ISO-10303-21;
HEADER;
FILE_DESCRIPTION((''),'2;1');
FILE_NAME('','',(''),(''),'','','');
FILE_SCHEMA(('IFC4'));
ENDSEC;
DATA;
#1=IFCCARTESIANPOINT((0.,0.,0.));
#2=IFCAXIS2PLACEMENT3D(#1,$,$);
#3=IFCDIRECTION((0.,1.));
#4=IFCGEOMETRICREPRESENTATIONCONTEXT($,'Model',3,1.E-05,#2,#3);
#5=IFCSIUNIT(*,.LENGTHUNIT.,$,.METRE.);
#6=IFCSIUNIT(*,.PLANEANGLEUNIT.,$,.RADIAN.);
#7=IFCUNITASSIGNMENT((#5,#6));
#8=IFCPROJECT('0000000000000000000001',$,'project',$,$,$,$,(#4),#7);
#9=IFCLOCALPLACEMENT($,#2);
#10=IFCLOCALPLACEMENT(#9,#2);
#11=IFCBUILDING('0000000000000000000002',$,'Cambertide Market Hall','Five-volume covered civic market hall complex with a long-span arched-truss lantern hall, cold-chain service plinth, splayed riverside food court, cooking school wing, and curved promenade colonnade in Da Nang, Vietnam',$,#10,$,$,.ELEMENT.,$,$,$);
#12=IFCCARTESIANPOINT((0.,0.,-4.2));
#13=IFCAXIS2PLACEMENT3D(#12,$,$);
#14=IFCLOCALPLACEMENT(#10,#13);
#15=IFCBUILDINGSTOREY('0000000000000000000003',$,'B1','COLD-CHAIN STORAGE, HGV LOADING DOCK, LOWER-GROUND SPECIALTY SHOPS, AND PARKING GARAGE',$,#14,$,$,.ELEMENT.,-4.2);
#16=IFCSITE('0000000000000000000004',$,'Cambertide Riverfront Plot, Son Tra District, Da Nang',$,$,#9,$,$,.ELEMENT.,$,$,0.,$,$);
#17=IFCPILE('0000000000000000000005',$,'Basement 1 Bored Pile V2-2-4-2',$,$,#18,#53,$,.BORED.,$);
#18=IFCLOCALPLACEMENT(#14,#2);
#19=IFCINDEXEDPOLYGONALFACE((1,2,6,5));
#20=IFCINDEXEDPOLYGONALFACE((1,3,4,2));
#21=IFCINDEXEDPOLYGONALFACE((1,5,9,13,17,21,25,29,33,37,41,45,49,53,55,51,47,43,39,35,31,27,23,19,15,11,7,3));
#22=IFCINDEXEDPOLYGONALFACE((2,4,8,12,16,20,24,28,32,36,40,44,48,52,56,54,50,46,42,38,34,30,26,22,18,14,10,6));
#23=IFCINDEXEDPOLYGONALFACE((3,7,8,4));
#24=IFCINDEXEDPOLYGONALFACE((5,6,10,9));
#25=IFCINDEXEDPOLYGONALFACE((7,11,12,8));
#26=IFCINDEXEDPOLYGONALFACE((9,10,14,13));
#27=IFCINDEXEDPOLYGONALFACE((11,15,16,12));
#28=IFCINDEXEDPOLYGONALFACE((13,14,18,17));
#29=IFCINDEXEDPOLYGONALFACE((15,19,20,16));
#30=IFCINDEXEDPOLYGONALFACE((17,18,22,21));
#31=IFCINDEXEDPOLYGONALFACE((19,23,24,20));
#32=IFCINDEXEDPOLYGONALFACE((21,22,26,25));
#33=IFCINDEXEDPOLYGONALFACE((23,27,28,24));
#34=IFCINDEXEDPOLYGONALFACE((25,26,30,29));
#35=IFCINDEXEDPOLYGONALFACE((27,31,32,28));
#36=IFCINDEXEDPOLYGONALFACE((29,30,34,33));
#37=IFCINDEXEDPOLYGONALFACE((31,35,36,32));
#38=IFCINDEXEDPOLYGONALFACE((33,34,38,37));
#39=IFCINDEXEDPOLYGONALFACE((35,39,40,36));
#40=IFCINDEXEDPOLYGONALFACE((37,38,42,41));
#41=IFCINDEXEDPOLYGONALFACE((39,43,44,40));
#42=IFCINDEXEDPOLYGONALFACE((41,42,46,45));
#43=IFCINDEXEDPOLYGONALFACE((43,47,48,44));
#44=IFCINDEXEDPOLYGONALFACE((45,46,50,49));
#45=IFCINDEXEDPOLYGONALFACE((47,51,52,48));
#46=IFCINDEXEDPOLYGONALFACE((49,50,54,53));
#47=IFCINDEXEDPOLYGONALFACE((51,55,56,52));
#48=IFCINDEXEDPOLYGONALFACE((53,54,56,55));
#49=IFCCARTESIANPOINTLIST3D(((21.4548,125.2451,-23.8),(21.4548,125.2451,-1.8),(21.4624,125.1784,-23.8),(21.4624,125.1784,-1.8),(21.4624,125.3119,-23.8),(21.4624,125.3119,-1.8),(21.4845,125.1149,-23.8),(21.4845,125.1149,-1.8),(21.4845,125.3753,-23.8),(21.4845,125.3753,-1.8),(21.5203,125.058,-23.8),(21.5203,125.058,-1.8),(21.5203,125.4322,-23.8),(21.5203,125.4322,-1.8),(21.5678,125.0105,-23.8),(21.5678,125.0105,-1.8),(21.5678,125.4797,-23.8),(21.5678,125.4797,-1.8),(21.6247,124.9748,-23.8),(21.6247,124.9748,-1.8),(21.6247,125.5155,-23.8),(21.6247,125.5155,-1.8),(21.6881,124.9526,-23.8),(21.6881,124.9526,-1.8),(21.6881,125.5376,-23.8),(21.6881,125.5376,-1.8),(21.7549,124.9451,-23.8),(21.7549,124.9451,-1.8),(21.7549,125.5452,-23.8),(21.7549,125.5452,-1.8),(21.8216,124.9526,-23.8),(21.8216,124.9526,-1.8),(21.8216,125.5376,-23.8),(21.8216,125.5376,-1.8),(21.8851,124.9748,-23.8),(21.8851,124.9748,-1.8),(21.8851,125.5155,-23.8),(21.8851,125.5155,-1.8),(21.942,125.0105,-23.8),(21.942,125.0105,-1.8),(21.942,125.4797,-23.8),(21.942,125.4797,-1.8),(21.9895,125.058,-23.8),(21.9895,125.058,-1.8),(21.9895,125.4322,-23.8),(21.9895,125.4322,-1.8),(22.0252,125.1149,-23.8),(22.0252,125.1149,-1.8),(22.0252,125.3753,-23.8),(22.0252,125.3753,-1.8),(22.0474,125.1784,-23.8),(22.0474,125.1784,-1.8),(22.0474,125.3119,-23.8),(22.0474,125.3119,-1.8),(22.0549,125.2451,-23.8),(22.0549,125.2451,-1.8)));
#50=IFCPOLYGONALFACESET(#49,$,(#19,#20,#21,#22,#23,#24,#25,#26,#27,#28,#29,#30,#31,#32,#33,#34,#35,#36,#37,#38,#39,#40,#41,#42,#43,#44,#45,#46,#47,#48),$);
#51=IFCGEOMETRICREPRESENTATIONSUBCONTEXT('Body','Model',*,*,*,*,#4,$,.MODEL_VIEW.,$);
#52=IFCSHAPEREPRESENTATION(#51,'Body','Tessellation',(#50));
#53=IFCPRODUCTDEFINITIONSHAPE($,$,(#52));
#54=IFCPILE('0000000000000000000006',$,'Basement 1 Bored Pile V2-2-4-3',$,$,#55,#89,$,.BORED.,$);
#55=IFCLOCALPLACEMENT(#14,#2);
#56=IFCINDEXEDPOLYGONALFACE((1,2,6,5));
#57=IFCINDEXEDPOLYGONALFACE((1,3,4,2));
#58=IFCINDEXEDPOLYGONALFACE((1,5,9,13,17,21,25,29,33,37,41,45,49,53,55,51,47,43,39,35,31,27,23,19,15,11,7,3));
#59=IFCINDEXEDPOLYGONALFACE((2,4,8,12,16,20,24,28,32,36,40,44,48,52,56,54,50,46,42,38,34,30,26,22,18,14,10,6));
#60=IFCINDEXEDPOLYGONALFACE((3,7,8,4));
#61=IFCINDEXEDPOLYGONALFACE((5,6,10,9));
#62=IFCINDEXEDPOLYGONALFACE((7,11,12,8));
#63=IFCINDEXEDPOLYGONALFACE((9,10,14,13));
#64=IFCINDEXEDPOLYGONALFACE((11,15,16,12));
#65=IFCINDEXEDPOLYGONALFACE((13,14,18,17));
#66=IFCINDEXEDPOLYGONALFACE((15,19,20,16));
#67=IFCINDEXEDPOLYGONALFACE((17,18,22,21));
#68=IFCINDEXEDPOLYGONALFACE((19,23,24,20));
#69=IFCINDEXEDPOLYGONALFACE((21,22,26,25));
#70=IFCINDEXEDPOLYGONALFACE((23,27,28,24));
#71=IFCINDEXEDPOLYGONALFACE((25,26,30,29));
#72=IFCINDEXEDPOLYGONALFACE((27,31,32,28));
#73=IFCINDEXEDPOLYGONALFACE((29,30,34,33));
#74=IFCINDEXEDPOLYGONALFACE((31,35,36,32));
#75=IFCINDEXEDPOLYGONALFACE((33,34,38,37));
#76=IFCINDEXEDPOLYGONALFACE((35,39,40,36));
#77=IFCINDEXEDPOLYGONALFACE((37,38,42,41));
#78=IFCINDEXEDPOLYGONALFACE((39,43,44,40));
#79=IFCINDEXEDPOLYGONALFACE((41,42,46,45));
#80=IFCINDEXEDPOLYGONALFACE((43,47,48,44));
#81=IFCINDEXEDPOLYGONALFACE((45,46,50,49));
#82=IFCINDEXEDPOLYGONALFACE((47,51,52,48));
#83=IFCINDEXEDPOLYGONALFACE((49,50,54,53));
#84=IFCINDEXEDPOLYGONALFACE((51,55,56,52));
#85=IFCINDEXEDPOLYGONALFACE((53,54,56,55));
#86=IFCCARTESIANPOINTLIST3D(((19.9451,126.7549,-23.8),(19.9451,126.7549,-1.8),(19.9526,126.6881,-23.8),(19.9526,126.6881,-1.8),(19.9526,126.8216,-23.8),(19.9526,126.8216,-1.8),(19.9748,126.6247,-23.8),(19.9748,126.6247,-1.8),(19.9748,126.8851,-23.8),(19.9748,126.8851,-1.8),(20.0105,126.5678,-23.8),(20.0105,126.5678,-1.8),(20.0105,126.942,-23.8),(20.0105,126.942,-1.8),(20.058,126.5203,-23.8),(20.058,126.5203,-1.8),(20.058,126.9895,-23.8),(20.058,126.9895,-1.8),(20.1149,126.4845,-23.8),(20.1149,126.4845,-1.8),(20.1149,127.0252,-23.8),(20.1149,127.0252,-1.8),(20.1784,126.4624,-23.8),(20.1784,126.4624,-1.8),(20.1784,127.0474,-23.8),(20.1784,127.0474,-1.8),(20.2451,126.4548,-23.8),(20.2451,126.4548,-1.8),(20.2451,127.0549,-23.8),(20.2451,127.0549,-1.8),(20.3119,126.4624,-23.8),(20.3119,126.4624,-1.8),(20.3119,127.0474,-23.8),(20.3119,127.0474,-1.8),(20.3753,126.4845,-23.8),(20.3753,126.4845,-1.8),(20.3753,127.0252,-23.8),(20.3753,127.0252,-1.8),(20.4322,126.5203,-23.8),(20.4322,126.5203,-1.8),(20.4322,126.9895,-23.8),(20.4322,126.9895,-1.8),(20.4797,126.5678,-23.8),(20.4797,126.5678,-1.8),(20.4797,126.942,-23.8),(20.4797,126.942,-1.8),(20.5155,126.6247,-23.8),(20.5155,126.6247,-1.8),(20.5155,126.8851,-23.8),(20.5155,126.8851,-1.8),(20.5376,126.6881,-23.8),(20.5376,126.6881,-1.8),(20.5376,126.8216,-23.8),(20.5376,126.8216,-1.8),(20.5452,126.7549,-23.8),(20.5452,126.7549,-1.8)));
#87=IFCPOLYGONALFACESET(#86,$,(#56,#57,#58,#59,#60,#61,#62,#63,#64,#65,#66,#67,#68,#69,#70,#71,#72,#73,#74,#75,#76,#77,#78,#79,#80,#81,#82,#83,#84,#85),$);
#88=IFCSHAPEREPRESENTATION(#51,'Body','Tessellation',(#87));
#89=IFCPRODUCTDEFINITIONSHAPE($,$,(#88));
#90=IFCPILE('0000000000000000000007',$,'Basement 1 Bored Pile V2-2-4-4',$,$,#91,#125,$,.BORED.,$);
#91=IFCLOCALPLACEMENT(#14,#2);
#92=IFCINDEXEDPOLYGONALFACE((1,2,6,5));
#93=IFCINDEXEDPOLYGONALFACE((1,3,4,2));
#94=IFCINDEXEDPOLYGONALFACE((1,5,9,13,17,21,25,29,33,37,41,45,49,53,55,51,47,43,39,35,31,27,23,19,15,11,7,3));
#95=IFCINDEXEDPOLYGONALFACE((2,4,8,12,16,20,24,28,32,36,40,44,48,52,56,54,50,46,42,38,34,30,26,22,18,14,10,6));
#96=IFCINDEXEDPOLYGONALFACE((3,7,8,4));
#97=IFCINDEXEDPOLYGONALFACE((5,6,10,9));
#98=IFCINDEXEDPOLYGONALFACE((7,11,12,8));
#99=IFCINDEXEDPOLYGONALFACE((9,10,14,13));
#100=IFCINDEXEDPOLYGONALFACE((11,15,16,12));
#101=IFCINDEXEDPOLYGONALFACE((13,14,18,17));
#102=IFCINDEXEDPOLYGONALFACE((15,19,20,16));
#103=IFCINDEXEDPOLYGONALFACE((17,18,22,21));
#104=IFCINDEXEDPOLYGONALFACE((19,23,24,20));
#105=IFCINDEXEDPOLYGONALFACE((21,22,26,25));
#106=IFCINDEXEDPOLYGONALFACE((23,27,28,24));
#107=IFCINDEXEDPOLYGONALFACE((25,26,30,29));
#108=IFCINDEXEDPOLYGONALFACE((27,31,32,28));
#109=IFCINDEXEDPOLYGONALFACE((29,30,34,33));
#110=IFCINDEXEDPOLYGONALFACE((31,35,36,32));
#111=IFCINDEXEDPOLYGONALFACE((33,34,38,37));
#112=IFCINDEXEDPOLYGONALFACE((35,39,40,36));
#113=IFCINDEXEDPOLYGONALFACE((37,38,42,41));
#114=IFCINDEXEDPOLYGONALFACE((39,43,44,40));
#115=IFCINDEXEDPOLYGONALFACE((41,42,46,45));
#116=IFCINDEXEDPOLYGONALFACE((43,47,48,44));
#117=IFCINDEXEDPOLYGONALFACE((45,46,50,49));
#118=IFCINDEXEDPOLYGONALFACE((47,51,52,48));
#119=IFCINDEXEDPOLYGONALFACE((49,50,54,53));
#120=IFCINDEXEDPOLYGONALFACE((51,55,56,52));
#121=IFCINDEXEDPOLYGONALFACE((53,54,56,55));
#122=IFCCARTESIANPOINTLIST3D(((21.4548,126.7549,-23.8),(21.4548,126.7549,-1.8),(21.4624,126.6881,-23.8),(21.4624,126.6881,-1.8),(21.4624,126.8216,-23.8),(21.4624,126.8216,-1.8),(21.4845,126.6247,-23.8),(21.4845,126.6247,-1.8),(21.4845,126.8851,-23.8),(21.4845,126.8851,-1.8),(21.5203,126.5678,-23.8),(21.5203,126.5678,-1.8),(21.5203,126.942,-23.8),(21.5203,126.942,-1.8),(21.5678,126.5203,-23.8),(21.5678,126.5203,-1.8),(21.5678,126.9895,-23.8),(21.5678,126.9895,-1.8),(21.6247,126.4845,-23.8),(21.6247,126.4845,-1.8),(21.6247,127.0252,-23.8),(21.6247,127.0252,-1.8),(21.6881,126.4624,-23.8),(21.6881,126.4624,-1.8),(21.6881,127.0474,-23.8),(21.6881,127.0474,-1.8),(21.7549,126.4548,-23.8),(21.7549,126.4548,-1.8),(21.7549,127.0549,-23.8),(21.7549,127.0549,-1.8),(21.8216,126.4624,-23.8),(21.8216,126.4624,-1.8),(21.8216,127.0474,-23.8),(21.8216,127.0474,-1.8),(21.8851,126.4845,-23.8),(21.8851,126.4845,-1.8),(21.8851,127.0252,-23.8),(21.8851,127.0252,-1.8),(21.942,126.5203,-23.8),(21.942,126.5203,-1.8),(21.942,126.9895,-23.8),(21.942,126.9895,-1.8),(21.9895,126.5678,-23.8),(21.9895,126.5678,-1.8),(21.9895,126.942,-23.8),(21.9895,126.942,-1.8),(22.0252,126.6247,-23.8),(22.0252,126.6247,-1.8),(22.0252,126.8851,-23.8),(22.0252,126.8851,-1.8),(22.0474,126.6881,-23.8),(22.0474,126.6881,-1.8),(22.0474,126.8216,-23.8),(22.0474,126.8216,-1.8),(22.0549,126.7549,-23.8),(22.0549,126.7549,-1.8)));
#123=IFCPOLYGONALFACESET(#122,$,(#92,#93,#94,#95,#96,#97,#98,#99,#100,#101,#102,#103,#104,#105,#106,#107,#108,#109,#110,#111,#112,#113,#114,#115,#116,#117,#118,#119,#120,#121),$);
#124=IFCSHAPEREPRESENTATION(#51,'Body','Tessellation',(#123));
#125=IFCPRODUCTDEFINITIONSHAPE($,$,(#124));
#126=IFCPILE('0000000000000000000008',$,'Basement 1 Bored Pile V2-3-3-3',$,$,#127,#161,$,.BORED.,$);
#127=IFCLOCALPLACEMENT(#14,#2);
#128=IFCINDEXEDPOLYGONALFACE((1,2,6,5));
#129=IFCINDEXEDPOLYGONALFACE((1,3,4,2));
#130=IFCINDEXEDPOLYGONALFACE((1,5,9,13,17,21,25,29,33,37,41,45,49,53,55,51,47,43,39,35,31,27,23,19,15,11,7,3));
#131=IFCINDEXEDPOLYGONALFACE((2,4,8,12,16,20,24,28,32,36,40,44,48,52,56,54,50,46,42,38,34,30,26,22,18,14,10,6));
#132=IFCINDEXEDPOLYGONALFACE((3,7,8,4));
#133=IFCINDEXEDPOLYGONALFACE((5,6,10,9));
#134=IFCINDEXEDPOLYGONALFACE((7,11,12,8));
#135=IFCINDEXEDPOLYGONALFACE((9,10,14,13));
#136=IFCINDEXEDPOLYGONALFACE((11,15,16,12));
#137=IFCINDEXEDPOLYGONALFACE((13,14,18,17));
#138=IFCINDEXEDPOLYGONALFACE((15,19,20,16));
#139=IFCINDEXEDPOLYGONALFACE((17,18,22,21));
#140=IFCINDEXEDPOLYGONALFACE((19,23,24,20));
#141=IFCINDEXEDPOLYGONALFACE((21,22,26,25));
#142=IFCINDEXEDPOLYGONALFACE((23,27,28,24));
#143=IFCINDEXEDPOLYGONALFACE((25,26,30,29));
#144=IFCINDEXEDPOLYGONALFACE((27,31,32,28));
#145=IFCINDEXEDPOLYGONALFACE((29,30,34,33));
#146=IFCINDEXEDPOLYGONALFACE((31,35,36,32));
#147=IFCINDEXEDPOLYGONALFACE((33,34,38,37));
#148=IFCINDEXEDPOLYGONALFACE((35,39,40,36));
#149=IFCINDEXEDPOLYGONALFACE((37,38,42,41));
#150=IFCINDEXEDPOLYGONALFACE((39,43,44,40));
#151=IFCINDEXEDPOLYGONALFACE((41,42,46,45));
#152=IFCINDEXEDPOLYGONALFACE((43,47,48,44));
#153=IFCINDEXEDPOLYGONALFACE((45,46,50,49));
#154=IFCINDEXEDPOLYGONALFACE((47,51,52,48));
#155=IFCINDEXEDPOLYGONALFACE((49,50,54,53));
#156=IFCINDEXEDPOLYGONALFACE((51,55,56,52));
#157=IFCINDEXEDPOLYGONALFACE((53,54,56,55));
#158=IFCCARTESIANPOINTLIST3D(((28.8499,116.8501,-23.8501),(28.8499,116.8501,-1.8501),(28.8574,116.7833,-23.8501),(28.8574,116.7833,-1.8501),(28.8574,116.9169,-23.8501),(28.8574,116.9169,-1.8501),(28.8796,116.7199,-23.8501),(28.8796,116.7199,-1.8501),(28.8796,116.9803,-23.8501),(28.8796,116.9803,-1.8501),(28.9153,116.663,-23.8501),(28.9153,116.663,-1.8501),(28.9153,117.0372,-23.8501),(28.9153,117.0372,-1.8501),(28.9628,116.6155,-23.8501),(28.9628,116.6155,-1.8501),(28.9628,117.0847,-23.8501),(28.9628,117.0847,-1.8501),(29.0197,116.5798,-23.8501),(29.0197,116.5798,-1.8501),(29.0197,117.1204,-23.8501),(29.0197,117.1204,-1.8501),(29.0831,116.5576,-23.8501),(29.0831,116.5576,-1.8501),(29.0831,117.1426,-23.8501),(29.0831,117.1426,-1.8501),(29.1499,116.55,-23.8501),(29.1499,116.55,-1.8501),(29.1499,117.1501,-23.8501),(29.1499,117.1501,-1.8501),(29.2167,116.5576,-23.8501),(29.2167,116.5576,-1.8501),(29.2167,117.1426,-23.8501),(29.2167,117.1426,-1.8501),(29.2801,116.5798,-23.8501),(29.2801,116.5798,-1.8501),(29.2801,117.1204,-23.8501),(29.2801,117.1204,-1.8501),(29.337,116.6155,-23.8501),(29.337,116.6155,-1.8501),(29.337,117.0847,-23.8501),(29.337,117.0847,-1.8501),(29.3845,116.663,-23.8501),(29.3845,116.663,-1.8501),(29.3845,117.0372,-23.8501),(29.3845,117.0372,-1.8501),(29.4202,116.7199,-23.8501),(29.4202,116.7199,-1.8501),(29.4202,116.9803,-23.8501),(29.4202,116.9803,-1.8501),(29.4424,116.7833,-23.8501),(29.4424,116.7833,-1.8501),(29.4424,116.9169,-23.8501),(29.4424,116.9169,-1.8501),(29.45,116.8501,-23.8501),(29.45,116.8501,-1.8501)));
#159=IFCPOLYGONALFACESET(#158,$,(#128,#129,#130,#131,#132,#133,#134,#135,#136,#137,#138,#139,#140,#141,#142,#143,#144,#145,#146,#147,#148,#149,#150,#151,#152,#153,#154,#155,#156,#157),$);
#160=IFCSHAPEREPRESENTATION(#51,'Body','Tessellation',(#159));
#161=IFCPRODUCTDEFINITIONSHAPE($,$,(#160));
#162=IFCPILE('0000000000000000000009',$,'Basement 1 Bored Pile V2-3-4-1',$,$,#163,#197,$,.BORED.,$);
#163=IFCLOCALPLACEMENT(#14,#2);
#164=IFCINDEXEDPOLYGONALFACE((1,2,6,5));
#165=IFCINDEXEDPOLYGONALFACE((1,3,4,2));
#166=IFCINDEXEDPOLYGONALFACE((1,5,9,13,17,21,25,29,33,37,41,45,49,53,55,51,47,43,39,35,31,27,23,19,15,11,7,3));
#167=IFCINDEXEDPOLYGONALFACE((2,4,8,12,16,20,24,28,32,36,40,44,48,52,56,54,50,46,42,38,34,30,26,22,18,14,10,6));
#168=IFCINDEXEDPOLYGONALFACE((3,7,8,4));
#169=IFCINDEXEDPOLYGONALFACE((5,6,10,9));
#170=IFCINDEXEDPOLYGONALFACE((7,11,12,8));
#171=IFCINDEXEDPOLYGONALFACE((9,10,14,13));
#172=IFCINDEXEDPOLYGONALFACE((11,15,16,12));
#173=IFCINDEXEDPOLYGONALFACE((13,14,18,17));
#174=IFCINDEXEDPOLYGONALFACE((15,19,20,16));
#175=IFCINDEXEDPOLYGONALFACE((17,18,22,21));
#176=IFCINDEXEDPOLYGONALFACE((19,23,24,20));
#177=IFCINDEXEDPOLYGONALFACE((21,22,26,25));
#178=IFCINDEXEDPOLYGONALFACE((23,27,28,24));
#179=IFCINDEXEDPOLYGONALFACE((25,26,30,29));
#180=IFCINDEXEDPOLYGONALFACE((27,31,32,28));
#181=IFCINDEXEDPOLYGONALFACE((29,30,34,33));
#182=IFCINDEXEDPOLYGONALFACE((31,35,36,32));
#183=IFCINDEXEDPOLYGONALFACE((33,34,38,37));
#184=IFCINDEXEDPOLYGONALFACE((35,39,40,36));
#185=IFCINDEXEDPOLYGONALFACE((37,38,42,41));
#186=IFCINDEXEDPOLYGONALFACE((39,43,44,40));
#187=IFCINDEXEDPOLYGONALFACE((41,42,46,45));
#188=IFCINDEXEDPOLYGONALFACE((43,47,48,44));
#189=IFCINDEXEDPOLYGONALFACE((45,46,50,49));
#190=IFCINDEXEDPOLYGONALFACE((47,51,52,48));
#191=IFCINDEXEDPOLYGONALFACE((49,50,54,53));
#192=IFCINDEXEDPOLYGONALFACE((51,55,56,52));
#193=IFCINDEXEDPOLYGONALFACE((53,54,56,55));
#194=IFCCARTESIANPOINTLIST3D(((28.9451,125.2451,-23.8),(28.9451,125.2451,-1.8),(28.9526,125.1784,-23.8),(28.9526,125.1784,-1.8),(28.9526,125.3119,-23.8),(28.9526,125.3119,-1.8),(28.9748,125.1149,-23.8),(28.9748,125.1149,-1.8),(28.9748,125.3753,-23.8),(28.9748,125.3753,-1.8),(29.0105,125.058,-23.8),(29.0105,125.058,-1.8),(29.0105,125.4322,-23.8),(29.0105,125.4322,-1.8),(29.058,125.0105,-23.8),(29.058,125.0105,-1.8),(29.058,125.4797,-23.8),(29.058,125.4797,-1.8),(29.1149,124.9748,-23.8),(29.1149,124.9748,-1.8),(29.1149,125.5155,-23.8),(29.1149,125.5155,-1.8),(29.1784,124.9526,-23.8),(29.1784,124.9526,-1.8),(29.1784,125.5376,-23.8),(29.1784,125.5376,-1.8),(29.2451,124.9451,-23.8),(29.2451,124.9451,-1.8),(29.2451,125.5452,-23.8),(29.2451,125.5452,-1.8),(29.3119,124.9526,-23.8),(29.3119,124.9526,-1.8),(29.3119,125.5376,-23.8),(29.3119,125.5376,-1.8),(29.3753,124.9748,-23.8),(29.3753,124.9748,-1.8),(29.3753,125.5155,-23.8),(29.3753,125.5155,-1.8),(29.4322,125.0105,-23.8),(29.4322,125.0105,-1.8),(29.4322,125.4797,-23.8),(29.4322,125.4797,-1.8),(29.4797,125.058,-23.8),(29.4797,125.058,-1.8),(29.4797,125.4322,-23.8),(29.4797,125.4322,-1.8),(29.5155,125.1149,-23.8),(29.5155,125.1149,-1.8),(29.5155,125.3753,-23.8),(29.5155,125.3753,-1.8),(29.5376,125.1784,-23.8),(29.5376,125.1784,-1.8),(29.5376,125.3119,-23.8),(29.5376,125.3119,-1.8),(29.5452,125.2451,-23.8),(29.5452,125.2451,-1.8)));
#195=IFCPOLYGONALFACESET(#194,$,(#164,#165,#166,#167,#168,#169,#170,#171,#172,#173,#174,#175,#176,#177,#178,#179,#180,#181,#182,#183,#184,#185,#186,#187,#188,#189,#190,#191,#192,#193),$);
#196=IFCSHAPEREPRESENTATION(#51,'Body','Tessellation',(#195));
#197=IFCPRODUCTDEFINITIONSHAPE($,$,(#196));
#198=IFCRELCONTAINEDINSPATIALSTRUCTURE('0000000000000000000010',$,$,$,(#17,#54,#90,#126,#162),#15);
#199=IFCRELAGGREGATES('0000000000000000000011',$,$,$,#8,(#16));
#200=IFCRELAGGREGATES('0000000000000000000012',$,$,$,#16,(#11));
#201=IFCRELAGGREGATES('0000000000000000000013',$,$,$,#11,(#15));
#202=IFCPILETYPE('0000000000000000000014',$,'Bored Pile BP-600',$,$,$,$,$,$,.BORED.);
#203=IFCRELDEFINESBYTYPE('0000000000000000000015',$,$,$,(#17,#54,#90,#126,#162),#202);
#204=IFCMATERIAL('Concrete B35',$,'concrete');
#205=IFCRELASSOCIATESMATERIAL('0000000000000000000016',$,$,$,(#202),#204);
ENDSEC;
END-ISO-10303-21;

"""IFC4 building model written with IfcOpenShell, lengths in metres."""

from ifc_helpers import new_model, si_unit, direction, frame, origin, origin_2d, place, context, subcontext, project, spatial, circle, extrude, material, material_profile, profile_set, type_object, element, save


model = new_model("IFC4")

# Units and contexts
model_context = context("Model", 3, precision=1e-05, world=origin(), true_north=direction((0.0, 1.0)))
body_context = subcontext(model_context, "Body", "Model", "MODEL_VIEW")
ifc_project = project(units=[si_unit("LENGTHUNIT", "METRE"), si_unit("PLANEANGLEUNIT", "RADIAN")], contexts=[model_context])

# Site, building, storey
site_placement = place(None, origin())
site = spatial("IfcSite", under=ifc_project, at=site_placement, Name="Cambertide Riverfront Plot, Son Tra District, Da Nang", CompositionType="ELEMENT", RefElevation=0.0)
building_placement = place(site_placement, origin())
building = spatial("IfcBuilding", under=site, at=building_placement, Name="Cambertide Market Hall", Description="Five-volume covered civic market hall complex with a long-span arched-truss lantern hall, cold-chain service plinth, splayed riverside food court, cooking school wing, and curved promenade colonnade in Da Nang, Vietnam", CompositionType="ELEMENT")
storey_placement = place(building_placement, frame((0.0, 0.0, -4.2)))
storey = spatial("IfcBuildingStorey", under=building, at=storey_placement, Name="B1", Description="COLD-CHAIN STORAGE, HGV LOADING DOCK, LOWER-GROUND SPECIALTY SHOPS, AND PARKING GARAGE", CompositionType="ELEMENT", Elevation=-4.2)

# Piles
ifc_material_1 = material(Name="Concrete B35", Category="concrete")
ifc_material_profile_1 = material_profile(ifc_material_1, circle(Radius=0.3, at=origin_2d()), Name="BP D600")
ifc_profile_set_1 = profile_set([ifc_material_profile_1], Name="Concrete B35")
pile_type = type_object("IfcPileType", Name="Bored Pile BP-600", PredefinedType="BORED", material=ifc_profile_set_1)
for number, where, z_axis, x_axis, name in (
    (1, (21.7549, 125.2451, -1.8), (0.0, 0.0, -1.0), (1.0, 0.0, 0.0), "Basement 1 Bored Pile V2-2-4-2"),
    (2, (20.2451, 126.7549, -1.8), (0.0, 0.0, -1.0), (1.0, 0.0, 0.0), "Basement 1 Bored Pile V2-2-4-3"),
    (3, (21.7549, 126.7549, -1.8), (0.0, 0.0, -1.0), (1.0, 0.0, 0.0), "Basement 1 Bored Pile V2-2-4-4"),
    (4, (29.1499, 116.8501, -1.8501), (0.0, 0.0, -1.0), (1.0, 0.0, 0.0), "Basement 1 Bored Pile V2-3-3-3"),
    (5, (29.2451, 125.2451, -1.8), (0.0, 0.0, -1.0), (1.0, 0.0, 0.0), "Basement 1 Bored Pile V2-3-4-1"),
):
    element("IfcPile", number, at=place(storey_placement, frame(where, z_axis=z_axis, x_axis=x_axis)), inside=storey, type_object=pile_type, Name=name, PredefinedType="BORED", context=body_context, shape_type="SweptSolid", body=[
        extrude(circle(Radius=0.3, at=origin_2d()), origin(), (0.0, 0.0, 1.0), 22.0),
    ])

save(model, "model.ifc")
